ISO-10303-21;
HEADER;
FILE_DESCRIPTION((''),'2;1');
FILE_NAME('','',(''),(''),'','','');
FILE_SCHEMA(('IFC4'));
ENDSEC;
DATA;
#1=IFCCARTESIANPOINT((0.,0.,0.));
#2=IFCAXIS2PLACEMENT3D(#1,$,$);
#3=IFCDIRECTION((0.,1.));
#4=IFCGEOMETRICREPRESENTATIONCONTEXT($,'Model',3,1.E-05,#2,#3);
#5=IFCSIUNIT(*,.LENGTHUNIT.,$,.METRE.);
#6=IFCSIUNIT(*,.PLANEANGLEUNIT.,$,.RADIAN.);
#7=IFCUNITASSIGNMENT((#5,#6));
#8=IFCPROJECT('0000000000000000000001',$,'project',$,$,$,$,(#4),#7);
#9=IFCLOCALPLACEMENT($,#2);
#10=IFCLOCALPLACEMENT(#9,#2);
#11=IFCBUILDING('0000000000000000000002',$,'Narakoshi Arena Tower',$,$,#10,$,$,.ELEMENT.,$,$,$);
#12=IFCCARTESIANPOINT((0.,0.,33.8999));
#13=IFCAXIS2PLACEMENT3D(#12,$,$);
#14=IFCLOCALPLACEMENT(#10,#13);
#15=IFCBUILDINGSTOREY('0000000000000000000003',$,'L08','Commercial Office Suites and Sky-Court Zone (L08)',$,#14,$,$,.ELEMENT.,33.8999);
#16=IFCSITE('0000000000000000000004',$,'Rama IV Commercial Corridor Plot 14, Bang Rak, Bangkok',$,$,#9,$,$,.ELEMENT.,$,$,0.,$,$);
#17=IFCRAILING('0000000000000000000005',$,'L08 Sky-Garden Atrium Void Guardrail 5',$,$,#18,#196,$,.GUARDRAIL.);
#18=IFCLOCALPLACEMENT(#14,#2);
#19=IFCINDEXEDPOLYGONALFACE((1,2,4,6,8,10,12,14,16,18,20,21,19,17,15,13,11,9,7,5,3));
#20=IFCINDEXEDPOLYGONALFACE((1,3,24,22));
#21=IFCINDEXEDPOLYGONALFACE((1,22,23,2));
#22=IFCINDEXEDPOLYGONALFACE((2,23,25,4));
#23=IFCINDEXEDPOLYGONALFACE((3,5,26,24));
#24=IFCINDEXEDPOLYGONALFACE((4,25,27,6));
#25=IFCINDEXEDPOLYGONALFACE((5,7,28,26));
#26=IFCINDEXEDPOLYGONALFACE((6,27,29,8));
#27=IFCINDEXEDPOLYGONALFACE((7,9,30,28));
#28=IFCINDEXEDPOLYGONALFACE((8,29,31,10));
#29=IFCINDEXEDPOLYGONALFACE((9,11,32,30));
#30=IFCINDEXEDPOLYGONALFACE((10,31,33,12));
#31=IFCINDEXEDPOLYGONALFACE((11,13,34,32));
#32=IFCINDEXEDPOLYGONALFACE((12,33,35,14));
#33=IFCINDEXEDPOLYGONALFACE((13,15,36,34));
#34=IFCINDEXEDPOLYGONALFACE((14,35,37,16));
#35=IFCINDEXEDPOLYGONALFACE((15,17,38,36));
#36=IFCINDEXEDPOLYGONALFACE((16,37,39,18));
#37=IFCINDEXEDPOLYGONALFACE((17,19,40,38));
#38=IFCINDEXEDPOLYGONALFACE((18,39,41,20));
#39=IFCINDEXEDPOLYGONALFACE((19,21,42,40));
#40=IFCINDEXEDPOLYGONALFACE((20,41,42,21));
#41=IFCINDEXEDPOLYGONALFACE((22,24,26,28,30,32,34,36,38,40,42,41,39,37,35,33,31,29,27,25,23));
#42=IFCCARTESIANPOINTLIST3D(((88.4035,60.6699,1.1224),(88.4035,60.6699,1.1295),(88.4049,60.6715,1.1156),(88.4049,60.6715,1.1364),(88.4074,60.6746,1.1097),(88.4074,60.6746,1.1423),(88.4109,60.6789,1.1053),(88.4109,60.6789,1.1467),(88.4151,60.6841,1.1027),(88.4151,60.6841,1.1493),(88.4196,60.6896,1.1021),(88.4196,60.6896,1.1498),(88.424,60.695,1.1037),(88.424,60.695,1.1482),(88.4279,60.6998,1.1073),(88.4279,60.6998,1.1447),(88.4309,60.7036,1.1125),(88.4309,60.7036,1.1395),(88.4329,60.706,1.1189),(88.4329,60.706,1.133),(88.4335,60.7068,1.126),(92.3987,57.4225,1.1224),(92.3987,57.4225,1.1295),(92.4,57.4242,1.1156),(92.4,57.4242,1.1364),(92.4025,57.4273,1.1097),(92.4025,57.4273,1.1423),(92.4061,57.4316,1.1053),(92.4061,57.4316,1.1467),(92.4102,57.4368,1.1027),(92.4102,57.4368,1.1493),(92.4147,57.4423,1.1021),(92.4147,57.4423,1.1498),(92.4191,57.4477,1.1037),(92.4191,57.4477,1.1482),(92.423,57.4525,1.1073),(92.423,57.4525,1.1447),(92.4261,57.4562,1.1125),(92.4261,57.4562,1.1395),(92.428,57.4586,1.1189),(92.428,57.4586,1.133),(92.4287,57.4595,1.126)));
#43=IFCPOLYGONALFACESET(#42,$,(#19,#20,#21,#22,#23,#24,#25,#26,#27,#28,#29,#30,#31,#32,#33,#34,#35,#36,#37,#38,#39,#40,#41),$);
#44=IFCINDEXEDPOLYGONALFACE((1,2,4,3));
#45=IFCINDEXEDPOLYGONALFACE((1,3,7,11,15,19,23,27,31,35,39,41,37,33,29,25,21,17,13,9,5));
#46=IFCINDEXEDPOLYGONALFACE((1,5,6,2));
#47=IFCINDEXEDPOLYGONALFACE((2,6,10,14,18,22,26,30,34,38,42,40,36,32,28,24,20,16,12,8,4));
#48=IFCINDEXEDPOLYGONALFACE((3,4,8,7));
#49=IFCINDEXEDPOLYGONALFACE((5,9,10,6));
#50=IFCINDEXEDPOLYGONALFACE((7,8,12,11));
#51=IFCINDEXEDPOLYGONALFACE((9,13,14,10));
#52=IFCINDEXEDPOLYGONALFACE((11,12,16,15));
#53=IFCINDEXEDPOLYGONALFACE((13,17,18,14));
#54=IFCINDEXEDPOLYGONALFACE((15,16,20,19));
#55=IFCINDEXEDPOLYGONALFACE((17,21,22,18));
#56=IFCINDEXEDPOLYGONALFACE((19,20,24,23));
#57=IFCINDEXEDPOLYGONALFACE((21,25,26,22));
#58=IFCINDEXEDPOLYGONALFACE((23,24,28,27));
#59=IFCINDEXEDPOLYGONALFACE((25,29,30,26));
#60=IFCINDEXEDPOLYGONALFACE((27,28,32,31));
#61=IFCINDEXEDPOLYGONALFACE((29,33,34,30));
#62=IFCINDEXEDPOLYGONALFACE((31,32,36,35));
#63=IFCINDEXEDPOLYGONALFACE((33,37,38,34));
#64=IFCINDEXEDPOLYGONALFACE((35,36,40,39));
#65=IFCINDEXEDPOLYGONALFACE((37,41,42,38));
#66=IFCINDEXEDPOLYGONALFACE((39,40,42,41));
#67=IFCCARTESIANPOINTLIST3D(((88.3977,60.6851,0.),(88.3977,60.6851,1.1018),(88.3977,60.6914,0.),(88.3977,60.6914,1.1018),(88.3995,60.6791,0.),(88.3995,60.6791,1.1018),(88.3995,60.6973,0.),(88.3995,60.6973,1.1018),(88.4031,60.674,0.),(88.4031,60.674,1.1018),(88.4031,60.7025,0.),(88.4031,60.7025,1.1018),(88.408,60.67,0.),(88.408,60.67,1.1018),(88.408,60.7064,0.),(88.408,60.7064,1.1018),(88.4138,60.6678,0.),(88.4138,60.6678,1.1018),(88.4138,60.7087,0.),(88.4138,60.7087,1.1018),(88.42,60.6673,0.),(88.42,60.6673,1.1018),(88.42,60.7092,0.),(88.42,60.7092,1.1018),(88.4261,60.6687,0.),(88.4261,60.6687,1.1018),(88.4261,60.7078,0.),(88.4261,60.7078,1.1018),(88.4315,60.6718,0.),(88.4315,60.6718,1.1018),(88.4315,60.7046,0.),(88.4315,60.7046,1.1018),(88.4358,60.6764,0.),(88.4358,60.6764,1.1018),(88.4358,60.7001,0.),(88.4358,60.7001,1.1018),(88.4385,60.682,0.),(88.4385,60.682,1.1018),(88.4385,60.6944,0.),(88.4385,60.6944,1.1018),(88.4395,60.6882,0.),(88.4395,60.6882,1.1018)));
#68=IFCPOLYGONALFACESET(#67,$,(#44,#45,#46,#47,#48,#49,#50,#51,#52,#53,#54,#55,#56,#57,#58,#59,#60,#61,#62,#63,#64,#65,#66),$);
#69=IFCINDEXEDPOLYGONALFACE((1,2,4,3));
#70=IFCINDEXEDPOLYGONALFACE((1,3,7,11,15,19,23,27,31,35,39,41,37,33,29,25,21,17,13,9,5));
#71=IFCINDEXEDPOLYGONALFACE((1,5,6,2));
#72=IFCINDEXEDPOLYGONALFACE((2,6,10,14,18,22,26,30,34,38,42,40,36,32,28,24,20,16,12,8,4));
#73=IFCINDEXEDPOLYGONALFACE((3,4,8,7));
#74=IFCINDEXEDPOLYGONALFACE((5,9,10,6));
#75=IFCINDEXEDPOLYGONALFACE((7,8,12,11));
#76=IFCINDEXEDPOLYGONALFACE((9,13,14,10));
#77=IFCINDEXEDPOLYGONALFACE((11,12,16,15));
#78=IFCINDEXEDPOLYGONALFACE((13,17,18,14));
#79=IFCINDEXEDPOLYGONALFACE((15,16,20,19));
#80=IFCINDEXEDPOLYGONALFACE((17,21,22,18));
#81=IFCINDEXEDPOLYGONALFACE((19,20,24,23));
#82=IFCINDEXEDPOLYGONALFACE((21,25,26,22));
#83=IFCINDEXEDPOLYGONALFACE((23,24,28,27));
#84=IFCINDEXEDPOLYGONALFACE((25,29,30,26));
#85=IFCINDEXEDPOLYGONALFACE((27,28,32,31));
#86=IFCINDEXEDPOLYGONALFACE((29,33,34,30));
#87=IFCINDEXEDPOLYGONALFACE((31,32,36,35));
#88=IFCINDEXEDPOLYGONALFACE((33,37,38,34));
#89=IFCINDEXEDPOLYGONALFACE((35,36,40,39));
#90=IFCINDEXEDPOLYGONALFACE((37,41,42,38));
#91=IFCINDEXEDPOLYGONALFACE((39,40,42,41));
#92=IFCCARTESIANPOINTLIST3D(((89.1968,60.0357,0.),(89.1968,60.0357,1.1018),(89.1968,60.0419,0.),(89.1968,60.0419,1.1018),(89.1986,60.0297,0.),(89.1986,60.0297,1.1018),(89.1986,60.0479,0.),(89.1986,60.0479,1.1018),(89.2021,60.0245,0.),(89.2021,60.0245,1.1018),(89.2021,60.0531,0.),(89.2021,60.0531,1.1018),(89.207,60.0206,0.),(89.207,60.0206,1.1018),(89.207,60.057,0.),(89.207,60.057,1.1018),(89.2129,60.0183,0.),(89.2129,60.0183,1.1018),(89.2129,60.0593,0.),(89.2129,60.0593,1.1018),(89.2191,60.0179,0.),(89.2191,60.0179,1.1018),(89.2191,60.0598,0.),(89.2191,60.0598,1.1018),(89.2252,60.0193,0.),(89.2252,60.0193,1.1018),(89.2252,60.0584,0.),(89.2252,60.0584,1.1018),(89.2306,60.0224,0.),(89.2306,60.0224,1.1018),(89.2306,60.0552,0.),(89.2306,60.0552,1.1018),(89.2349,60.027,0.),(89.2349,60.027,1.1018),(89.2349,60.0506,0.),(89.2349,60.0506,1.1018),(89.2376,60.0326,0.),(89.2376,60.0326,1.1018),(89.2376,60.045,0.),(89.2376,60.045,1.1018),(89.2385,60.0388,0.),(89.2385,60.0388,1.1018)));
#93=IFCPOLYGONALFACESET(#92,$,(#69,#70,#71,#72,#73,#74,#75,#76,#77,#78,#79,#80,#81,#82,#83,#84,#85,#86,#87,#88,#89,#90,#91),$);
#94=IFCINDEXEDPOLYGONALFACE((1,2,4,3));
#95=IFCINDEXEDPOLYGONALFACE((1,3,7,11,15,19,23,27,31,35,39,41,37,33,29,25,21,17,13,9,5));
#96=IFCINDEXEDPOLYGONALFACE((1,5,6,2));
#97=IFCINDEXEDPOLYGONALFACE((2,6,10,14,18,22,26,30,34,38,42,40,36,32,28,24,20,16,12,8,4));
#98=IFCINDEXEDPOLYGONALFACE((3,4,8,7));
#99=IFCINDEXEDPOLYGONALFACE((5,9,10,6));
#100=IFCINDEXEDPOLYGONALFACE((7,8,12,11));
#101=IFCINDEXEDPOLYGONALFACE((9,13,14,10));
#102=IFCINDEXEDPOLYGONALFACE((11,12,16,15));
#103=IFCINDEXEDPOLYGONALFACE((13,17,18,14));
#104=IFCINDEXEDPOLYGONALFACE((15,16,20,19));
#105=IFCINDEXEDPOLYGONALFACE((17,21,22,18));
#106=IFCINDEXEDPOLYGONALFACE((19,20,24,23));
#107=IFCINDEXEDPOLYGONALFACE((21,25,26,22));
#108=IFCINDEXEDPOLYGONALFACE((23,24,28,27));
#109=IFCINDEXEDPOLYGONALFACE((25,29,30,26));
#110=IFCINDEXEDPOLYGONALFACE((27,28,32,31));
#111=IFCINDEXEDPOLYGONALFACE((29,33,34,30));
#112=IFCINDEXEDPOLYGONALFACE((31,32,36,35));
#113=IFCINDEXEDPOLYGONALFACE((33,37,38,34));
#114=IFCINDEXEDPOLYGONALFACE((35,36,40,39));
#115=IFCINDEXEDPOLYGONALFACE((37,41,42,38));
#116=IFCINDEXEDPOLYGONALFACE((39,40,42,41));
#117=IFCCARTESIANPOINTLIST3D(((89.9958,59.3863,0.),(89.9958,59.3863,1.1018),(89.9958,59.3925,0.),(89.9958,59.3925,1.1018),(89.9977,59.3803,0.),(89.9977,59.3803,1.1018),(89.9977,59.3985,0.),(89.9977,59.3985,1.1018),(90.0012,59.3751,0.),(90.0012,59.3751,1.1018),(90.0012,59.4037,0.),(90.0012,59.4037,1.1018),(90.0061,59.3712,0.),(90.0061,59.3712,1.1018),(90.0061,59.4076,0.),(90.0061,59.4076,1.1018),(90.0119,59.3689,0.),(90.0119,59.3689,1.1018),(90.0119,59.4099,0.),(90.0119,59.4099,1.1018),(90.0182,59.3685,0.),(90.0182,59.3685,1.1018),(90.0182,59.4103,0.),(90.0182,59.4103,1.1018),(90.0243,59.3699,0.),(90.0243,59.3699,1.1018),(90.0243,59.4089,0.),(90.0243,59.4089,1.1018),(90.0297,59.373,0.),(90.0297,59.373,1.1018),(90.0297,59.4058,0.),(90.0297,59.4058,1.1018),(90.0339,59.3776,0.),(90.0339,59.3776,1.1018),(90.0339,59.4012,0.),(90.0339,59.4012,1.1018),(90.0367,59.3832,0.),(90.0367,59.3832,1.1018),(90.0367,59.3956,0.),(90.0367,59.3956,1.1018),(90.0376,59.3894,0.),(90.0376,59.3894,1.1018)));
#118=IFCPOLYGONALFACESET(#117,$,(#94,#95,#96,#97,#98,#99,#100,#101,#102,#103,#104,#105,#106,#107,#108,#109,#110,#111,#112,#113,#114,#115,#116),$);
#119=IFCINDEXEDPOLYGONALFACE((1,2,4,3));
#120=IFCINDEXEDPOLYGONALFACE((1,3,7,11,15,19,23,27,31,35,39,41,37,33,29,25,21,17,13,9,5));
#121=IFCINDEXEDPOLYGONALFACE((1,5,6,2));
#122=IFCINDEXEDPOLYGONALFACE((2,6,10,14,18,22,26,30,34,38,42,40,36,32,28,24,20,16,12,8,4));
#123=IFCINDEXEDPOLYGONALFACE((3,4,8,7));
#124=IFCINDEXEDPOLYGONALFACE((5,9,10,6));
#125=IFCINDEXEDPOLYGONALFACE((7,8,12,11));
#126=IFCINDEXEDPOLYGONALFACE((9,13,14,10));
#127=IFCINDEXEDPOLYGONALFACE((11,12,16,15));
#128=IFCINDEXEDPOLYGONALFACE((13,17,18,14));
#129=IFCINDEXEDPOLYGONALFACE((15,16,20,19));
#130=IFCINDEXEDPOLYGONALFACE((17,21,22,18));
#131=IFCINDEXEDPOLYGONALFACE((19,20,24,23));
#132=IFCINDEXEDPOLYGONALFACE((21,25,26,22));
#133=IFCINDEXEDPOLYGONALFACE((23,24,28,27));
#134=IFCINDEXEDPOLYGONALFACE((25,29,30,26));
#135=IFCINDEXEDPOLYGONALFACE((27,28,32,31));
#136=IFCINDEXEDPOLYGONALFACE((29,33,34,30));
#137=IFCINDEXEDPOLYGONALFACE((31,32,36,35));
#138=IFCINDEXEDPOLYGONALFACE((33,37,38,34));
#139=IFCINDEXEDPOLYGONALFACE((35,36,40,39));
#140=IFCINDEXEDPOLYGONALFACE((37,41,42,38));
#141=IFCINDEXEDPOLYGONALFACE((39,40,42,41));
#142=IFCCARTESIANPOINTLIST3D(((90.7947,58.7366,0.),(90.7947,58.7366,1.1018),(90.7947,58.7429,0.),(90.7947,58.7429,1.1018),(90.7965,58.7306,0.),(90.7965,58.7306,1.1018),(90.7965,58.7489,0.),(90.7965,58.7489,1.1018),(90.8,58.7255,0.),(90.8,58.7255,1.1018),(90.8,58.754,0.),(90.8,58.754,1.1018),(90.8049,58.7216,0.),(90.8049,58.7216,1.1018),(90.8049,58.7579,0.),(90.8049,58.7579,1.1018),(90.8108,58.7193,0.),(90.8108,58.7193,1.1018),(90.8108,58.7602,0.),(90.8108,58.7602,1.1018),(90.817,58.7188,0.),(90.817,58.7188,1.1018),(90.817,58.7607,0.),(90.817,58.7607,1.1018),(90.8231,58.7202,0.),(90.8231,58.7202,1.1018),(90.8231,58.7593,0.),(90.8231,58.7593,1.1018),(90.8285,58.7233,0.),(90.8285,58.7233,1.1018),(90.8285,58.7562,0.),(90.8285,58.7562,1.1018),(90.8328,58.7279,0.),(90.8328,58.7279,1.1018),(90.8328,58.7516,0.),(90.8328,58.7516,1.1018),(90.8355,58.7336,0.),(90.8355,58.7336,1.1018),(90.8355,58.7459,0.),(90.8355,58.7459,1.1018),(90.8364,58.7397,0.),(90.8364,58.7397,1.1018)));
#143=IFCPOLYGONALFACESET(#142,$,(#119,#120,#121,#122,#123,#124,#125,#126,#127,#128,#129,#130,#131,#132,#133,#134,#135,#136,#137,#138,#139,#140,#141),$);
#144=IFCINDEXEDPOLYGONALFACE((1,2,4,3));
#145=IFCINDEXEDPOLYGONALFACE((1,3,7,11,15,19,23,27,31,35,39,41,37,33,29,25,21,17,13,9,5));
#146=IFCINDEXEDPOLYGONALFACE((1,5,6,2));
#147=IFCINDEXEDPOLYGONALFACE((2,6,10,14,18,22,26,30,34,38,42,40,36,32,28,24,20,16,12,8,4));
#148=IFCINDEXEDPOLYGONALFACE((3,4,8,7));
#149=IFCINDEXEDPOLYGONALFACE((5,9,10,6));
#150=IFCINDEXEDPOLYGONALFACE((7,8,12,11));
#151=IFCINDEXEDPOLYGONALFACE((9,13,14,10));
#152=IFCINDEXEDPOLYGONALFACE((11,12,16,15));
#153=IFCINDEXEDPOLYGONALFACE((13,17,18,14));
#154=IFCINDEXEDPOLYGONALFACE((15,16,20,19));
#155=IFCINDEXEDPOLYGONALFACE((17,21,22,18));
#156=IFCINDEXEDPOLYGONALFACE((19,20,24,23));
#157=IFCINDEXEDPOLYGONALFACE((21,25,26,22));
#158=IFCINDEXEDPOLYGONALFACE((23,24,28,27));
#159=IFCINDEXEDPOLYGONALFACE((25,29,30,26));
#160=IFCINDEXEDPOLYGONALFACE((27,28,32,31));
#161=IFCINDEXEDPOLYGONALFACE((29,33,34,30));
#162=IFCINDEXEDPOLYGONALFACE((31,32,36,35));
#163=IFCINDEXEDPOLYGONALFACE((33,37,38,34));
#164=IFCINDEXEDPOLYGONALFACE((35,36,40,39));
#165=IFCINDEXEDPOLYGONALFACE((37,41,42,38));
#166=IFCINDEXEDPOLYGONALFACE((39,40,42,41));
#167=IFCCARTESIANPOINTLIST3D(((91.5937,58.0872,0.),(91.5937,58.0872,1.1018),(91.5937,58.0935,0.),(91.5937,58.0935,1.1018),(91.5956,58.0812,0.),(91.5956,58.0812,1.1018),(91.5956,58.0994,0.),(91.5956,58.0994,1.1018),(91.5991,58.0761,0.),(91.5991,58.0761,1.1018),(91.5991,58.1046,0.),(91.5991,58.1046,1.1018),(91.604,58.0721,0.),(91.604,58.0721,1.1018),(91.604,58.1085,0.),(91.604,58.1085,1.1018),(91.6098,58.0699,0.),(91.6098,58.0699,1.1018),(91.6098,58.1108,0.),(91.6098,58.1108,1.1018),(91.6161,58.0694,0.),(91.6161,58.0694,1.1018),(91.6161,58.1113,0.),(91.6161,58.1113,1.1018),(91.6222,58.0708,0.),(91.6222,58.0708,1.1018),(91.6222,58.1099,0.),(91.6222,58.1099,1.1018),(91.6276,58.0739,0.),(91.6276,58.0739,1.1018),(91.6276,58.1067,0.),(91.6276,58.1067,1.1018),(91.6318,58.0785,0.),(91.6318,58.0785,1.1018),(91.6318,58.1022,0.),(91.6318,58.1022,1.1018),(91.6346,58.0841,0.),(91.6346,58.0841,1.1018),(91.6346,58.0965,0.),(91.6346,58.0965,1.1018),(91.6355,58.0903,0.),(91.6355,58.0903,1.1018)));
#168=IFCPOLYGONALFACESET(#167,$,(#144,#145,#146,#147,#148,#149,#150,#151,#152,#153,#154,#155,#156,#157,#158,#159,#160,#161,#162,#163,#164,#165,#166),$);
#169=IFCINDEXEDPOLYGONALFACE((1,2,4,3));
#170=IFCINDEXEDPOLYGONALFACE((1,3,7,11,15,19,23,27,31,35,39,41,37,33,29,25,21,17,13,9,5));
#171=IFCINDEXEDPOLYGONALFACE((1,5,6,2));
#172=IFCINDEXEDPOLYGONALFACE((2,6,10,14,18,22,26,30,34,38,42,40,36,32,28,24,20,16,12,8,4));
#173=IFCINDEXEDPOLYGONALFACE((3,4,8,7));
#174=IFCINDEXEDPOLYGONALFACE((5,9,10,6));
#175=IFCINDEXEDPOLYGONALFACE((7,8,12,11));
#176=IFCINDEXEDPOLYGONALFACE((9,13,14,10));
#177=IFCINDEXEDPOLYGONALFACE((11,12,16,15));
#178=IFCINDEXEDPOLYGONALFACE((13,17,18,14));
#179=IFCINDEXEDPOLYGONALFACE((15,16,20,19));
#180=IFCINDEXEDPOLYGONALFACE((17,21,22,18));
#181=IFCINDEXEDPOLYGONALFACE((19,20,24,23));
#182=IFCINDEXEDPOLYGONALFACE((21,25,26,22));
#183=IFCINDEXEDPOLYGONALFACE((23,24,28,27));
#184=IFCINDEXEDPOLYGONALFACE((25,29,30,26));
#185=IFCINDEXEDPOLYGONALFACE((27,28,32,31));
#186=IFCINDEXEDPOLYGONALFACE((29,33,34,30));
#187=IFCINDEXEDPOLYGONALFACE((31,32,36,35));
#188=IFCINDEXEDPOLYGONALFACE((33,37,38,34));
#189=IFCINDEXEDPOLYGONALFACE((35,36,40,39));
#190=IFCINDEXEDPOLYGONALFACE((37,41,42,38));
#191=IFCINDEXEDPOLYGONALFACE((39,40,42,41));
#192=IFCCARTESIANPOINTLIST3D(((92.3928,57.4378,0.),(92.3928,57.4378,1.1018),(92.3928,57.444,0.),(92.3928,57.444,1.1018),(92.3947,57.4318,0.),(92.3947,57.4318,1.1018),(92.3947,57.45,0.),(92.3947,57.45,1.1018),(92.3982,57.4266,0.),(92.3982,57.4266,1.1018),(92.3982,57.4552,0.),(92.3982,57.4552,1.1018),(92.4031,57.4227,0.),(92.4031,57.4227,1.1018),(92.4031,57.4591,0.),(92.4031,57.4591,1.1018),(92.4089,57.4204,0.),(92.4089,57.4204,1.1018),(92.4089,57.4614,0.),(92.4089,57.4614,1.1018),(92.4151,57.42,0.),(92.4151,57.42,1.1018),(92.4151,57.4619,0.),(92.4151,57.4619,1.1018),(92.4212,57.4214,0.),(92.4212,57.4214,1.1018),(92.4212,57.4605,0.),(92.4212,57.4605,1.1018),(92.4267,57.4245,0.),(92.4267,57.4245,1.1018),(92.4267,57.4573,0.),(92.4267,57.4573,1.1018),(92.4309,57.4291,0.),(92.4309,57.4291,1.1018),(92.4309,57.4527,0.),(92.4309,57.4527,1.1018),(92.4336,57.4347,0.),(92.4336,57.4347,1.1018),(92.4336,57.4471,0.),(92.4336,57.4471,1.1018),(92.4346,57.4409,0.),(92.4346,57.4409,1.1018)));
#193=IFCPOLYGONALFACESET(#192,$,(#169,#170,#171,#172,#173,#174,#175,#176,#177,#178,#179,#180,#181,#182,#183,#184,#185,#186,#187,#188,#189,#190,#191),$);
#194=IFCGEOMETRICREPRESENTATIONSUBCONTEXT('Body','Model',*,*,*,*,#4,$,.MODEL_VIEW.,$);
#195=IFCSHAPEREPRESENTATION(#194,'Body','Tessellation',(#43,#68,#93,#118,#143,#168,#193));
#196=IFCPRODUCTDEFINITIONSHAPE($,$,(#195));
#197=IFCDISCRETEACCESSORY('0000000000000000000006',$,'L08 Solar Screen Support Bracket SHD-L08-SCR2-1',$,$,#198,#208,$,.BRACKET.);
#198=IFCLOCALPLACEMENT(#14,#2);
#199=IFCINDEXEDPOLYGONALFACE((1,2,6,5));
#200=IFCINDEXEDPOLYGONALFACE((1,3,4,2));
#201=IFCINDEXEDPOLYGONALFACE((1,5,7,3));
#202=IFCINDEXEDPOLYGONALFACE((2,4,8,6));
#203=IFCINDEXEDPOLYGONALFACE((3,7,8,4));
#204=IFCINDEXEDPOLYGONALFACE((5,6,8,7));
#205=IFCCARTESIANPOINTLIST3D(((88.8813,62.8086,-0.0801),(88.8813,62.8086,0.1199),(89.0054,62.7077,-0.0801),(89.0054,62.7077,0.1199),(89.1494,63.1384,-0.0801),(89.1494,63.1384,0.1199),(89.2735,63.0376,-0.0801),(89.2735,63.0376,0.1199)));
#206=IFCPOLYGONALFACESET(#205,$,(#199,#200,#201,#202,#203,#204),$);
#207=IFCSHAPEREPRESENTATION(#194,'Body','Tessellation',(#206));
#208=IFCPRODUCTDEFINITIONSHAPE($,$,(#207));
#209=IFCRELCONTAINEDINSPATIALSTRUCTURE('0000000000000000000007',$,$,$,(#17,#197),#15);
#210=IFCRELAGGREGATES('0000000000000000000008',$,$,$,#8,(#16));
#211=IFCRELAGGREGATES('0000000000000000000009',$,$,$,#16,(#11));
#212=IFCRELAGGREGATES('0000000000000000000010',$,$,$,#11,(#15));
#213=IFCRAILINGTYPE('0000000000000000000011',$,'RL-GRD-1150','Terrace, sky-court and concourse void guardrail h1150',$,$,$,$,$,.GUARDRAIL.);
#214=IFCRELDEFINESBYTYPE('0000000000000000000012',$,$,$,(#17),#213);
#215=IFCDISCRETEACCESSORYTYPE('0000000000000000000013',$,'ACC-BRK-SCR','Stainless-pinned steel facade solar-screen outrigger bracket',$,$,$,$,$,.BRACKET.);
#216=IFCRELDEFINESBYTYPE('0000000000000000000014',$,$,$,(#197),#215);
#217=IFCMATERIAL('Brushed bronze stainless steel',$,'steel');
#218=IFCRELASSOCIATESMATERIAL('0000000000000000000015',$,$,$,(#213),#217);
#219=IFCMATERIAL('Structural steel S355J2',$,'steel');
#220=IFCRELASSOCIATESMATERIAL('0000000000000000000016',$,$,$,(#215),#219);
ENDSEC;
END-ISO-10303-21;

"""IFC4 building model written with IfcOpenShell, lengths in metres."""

from ifc_helpers import new_model, si_unit, direction, frame, origin, origin_2d, place, context, subcontext, project, spatial, rectangle, circle, extrude, material, type_object, element, save


model = new_model("IFC4")

# Units and contexts
model_context = context("Model", 3, precision=1e-05, world=origin(), true_north=direction((0.0, 1.0)))
body_context = subcontext(model_context, "Body", "Model", "MODEL_VIEW")
ifc_project = project(units=[si_unit("LENGTHUNIT", "METRE"), si_unit("PLANEANGLEUNIT", "RADIAN")], contexts=[model_context])

# Site, building, storey
site_placement = place(None, origin())
site = spatial("IfcSite", under=ifc_project, at=site_placement, Name="Rama IV Commercial Corridor Plot 14, Bang Rak, Bangkok", CompositionType="ELEMENT", RefElevation=0.0)
building_placement = place(site_placement, origin())
building = spatial("IfcBuilding", under=site, at=building_placement, Name="Narakoshi Arena Tower", CompositionType="ELEMENT")
storey_placement = place(building_placement, frame((0.0, 0.0, 33.8999)))
storey = spatial("IfcBuildingStorey", under=building, at=storey_placement, Name="L08", Description="Commercial Office Suites and Sky-Court Zone (L08)", CompositionType="ELEMENT", Elevation=33.8999)

# Shared definitions
ifc_material_1 = material(Name="Structural steel S355J2", Category="steel")

# Railing
ifc_material_2 = material(Name="Brushed bronze stainless steel", Category="steel")
railing_type = type_object("IfcRailingType", Name="RL-GRD-1150", Description="Terrace, sky-court and concourse void guardrail h1150", PredefinedType="GUARDRAIL", material=ifc_material_2)
railing_1_placement = place(storey_placement, frame((88.4185, 60.6882, 0.0)))
element("IfcRailing", 1, at=railing_1_placement, inside=storey, type_object=railing_type, Name="L08 Sky-Garden Atrium Void Guardrail 5", PredefinedType="GUARDRAIL", context=body_context, shape_type="SweptSolid", body=[
    extrude(circle(Radius=0.0239, at=origin_2d()), frame((0.0, 0.0, 1.126), z_axis=(0.775992, -0.630743, 0.0), x_axis=(0.630743, 0.775992, 0.0)), (0.0, 0.0, 1.0), 5.1484),
    extrude(circle(Radius=0.021, at=origin_2d()), origin(), (0.0, 0.0, 1.0), 1.1018),
    extrude(circle(Radius=0.021, at=origin_2d()), frame((0.7991, -0.6494, 0.0)), (0.0, 0.0, 1.0), 1.1018),
    extrude(circle(Radius=0.021, at=origin_2d()), frame((1.5981, -1.2988, 0.0)), (0.0, 0.0, 1.0), 1.1018),
    extrude(circle(Radius=0.021, at=origin_2d()), frame((2.397, -1.9485, 0.0)), (0.0, 0.0, 1.0), 1.1018),
    extrude(circle(Radius=0.021, at=origin_2d()), frame((3.196, -2.5979, 0.0)), (0.0, 0.0, 1.0), 1.1018),
    extrude(circle(Radius=0.021, at=origin_2d()), frame((3.9951, -3.2473, 0.0)), (0.0, 0.0, 1.0), 1.1018),
])

# Discrete accessory
discrete_accessory_type = type_object("IfcDiscreteAccessoryType", Name="ACC-BRK-SCR", Description="Stainless-pinned steel facade solar-screen outrigger bracket", PredefinedType="BRACKET", material=ifc_material_1)
discrete_accessory_placement = place(storey_placement, frame((89.0774, 62.9231, -0.0801), z_axis=(0.0, 0.0, 1.0), x_axis=(-0.776002, 0.63073, 0.0)))
element("IfcDiscreteAccessory", 2, at=discrete_accessory_placement, inside=storey, type_object=discrete_accessory_type, Name="L08 Solar Screen Support Bracket SHD-L08-SCR2-1", PredefinedType="BRACKET", context=body_context, shape_type="SweptSolid", body=[
    extrude(rectangle(XDim=0.1599, YDim=0.425, at=origin_2d()), origin(), (0.0, 0.0, 1.0), 0.2),
])

save(model, "model.ifc")
